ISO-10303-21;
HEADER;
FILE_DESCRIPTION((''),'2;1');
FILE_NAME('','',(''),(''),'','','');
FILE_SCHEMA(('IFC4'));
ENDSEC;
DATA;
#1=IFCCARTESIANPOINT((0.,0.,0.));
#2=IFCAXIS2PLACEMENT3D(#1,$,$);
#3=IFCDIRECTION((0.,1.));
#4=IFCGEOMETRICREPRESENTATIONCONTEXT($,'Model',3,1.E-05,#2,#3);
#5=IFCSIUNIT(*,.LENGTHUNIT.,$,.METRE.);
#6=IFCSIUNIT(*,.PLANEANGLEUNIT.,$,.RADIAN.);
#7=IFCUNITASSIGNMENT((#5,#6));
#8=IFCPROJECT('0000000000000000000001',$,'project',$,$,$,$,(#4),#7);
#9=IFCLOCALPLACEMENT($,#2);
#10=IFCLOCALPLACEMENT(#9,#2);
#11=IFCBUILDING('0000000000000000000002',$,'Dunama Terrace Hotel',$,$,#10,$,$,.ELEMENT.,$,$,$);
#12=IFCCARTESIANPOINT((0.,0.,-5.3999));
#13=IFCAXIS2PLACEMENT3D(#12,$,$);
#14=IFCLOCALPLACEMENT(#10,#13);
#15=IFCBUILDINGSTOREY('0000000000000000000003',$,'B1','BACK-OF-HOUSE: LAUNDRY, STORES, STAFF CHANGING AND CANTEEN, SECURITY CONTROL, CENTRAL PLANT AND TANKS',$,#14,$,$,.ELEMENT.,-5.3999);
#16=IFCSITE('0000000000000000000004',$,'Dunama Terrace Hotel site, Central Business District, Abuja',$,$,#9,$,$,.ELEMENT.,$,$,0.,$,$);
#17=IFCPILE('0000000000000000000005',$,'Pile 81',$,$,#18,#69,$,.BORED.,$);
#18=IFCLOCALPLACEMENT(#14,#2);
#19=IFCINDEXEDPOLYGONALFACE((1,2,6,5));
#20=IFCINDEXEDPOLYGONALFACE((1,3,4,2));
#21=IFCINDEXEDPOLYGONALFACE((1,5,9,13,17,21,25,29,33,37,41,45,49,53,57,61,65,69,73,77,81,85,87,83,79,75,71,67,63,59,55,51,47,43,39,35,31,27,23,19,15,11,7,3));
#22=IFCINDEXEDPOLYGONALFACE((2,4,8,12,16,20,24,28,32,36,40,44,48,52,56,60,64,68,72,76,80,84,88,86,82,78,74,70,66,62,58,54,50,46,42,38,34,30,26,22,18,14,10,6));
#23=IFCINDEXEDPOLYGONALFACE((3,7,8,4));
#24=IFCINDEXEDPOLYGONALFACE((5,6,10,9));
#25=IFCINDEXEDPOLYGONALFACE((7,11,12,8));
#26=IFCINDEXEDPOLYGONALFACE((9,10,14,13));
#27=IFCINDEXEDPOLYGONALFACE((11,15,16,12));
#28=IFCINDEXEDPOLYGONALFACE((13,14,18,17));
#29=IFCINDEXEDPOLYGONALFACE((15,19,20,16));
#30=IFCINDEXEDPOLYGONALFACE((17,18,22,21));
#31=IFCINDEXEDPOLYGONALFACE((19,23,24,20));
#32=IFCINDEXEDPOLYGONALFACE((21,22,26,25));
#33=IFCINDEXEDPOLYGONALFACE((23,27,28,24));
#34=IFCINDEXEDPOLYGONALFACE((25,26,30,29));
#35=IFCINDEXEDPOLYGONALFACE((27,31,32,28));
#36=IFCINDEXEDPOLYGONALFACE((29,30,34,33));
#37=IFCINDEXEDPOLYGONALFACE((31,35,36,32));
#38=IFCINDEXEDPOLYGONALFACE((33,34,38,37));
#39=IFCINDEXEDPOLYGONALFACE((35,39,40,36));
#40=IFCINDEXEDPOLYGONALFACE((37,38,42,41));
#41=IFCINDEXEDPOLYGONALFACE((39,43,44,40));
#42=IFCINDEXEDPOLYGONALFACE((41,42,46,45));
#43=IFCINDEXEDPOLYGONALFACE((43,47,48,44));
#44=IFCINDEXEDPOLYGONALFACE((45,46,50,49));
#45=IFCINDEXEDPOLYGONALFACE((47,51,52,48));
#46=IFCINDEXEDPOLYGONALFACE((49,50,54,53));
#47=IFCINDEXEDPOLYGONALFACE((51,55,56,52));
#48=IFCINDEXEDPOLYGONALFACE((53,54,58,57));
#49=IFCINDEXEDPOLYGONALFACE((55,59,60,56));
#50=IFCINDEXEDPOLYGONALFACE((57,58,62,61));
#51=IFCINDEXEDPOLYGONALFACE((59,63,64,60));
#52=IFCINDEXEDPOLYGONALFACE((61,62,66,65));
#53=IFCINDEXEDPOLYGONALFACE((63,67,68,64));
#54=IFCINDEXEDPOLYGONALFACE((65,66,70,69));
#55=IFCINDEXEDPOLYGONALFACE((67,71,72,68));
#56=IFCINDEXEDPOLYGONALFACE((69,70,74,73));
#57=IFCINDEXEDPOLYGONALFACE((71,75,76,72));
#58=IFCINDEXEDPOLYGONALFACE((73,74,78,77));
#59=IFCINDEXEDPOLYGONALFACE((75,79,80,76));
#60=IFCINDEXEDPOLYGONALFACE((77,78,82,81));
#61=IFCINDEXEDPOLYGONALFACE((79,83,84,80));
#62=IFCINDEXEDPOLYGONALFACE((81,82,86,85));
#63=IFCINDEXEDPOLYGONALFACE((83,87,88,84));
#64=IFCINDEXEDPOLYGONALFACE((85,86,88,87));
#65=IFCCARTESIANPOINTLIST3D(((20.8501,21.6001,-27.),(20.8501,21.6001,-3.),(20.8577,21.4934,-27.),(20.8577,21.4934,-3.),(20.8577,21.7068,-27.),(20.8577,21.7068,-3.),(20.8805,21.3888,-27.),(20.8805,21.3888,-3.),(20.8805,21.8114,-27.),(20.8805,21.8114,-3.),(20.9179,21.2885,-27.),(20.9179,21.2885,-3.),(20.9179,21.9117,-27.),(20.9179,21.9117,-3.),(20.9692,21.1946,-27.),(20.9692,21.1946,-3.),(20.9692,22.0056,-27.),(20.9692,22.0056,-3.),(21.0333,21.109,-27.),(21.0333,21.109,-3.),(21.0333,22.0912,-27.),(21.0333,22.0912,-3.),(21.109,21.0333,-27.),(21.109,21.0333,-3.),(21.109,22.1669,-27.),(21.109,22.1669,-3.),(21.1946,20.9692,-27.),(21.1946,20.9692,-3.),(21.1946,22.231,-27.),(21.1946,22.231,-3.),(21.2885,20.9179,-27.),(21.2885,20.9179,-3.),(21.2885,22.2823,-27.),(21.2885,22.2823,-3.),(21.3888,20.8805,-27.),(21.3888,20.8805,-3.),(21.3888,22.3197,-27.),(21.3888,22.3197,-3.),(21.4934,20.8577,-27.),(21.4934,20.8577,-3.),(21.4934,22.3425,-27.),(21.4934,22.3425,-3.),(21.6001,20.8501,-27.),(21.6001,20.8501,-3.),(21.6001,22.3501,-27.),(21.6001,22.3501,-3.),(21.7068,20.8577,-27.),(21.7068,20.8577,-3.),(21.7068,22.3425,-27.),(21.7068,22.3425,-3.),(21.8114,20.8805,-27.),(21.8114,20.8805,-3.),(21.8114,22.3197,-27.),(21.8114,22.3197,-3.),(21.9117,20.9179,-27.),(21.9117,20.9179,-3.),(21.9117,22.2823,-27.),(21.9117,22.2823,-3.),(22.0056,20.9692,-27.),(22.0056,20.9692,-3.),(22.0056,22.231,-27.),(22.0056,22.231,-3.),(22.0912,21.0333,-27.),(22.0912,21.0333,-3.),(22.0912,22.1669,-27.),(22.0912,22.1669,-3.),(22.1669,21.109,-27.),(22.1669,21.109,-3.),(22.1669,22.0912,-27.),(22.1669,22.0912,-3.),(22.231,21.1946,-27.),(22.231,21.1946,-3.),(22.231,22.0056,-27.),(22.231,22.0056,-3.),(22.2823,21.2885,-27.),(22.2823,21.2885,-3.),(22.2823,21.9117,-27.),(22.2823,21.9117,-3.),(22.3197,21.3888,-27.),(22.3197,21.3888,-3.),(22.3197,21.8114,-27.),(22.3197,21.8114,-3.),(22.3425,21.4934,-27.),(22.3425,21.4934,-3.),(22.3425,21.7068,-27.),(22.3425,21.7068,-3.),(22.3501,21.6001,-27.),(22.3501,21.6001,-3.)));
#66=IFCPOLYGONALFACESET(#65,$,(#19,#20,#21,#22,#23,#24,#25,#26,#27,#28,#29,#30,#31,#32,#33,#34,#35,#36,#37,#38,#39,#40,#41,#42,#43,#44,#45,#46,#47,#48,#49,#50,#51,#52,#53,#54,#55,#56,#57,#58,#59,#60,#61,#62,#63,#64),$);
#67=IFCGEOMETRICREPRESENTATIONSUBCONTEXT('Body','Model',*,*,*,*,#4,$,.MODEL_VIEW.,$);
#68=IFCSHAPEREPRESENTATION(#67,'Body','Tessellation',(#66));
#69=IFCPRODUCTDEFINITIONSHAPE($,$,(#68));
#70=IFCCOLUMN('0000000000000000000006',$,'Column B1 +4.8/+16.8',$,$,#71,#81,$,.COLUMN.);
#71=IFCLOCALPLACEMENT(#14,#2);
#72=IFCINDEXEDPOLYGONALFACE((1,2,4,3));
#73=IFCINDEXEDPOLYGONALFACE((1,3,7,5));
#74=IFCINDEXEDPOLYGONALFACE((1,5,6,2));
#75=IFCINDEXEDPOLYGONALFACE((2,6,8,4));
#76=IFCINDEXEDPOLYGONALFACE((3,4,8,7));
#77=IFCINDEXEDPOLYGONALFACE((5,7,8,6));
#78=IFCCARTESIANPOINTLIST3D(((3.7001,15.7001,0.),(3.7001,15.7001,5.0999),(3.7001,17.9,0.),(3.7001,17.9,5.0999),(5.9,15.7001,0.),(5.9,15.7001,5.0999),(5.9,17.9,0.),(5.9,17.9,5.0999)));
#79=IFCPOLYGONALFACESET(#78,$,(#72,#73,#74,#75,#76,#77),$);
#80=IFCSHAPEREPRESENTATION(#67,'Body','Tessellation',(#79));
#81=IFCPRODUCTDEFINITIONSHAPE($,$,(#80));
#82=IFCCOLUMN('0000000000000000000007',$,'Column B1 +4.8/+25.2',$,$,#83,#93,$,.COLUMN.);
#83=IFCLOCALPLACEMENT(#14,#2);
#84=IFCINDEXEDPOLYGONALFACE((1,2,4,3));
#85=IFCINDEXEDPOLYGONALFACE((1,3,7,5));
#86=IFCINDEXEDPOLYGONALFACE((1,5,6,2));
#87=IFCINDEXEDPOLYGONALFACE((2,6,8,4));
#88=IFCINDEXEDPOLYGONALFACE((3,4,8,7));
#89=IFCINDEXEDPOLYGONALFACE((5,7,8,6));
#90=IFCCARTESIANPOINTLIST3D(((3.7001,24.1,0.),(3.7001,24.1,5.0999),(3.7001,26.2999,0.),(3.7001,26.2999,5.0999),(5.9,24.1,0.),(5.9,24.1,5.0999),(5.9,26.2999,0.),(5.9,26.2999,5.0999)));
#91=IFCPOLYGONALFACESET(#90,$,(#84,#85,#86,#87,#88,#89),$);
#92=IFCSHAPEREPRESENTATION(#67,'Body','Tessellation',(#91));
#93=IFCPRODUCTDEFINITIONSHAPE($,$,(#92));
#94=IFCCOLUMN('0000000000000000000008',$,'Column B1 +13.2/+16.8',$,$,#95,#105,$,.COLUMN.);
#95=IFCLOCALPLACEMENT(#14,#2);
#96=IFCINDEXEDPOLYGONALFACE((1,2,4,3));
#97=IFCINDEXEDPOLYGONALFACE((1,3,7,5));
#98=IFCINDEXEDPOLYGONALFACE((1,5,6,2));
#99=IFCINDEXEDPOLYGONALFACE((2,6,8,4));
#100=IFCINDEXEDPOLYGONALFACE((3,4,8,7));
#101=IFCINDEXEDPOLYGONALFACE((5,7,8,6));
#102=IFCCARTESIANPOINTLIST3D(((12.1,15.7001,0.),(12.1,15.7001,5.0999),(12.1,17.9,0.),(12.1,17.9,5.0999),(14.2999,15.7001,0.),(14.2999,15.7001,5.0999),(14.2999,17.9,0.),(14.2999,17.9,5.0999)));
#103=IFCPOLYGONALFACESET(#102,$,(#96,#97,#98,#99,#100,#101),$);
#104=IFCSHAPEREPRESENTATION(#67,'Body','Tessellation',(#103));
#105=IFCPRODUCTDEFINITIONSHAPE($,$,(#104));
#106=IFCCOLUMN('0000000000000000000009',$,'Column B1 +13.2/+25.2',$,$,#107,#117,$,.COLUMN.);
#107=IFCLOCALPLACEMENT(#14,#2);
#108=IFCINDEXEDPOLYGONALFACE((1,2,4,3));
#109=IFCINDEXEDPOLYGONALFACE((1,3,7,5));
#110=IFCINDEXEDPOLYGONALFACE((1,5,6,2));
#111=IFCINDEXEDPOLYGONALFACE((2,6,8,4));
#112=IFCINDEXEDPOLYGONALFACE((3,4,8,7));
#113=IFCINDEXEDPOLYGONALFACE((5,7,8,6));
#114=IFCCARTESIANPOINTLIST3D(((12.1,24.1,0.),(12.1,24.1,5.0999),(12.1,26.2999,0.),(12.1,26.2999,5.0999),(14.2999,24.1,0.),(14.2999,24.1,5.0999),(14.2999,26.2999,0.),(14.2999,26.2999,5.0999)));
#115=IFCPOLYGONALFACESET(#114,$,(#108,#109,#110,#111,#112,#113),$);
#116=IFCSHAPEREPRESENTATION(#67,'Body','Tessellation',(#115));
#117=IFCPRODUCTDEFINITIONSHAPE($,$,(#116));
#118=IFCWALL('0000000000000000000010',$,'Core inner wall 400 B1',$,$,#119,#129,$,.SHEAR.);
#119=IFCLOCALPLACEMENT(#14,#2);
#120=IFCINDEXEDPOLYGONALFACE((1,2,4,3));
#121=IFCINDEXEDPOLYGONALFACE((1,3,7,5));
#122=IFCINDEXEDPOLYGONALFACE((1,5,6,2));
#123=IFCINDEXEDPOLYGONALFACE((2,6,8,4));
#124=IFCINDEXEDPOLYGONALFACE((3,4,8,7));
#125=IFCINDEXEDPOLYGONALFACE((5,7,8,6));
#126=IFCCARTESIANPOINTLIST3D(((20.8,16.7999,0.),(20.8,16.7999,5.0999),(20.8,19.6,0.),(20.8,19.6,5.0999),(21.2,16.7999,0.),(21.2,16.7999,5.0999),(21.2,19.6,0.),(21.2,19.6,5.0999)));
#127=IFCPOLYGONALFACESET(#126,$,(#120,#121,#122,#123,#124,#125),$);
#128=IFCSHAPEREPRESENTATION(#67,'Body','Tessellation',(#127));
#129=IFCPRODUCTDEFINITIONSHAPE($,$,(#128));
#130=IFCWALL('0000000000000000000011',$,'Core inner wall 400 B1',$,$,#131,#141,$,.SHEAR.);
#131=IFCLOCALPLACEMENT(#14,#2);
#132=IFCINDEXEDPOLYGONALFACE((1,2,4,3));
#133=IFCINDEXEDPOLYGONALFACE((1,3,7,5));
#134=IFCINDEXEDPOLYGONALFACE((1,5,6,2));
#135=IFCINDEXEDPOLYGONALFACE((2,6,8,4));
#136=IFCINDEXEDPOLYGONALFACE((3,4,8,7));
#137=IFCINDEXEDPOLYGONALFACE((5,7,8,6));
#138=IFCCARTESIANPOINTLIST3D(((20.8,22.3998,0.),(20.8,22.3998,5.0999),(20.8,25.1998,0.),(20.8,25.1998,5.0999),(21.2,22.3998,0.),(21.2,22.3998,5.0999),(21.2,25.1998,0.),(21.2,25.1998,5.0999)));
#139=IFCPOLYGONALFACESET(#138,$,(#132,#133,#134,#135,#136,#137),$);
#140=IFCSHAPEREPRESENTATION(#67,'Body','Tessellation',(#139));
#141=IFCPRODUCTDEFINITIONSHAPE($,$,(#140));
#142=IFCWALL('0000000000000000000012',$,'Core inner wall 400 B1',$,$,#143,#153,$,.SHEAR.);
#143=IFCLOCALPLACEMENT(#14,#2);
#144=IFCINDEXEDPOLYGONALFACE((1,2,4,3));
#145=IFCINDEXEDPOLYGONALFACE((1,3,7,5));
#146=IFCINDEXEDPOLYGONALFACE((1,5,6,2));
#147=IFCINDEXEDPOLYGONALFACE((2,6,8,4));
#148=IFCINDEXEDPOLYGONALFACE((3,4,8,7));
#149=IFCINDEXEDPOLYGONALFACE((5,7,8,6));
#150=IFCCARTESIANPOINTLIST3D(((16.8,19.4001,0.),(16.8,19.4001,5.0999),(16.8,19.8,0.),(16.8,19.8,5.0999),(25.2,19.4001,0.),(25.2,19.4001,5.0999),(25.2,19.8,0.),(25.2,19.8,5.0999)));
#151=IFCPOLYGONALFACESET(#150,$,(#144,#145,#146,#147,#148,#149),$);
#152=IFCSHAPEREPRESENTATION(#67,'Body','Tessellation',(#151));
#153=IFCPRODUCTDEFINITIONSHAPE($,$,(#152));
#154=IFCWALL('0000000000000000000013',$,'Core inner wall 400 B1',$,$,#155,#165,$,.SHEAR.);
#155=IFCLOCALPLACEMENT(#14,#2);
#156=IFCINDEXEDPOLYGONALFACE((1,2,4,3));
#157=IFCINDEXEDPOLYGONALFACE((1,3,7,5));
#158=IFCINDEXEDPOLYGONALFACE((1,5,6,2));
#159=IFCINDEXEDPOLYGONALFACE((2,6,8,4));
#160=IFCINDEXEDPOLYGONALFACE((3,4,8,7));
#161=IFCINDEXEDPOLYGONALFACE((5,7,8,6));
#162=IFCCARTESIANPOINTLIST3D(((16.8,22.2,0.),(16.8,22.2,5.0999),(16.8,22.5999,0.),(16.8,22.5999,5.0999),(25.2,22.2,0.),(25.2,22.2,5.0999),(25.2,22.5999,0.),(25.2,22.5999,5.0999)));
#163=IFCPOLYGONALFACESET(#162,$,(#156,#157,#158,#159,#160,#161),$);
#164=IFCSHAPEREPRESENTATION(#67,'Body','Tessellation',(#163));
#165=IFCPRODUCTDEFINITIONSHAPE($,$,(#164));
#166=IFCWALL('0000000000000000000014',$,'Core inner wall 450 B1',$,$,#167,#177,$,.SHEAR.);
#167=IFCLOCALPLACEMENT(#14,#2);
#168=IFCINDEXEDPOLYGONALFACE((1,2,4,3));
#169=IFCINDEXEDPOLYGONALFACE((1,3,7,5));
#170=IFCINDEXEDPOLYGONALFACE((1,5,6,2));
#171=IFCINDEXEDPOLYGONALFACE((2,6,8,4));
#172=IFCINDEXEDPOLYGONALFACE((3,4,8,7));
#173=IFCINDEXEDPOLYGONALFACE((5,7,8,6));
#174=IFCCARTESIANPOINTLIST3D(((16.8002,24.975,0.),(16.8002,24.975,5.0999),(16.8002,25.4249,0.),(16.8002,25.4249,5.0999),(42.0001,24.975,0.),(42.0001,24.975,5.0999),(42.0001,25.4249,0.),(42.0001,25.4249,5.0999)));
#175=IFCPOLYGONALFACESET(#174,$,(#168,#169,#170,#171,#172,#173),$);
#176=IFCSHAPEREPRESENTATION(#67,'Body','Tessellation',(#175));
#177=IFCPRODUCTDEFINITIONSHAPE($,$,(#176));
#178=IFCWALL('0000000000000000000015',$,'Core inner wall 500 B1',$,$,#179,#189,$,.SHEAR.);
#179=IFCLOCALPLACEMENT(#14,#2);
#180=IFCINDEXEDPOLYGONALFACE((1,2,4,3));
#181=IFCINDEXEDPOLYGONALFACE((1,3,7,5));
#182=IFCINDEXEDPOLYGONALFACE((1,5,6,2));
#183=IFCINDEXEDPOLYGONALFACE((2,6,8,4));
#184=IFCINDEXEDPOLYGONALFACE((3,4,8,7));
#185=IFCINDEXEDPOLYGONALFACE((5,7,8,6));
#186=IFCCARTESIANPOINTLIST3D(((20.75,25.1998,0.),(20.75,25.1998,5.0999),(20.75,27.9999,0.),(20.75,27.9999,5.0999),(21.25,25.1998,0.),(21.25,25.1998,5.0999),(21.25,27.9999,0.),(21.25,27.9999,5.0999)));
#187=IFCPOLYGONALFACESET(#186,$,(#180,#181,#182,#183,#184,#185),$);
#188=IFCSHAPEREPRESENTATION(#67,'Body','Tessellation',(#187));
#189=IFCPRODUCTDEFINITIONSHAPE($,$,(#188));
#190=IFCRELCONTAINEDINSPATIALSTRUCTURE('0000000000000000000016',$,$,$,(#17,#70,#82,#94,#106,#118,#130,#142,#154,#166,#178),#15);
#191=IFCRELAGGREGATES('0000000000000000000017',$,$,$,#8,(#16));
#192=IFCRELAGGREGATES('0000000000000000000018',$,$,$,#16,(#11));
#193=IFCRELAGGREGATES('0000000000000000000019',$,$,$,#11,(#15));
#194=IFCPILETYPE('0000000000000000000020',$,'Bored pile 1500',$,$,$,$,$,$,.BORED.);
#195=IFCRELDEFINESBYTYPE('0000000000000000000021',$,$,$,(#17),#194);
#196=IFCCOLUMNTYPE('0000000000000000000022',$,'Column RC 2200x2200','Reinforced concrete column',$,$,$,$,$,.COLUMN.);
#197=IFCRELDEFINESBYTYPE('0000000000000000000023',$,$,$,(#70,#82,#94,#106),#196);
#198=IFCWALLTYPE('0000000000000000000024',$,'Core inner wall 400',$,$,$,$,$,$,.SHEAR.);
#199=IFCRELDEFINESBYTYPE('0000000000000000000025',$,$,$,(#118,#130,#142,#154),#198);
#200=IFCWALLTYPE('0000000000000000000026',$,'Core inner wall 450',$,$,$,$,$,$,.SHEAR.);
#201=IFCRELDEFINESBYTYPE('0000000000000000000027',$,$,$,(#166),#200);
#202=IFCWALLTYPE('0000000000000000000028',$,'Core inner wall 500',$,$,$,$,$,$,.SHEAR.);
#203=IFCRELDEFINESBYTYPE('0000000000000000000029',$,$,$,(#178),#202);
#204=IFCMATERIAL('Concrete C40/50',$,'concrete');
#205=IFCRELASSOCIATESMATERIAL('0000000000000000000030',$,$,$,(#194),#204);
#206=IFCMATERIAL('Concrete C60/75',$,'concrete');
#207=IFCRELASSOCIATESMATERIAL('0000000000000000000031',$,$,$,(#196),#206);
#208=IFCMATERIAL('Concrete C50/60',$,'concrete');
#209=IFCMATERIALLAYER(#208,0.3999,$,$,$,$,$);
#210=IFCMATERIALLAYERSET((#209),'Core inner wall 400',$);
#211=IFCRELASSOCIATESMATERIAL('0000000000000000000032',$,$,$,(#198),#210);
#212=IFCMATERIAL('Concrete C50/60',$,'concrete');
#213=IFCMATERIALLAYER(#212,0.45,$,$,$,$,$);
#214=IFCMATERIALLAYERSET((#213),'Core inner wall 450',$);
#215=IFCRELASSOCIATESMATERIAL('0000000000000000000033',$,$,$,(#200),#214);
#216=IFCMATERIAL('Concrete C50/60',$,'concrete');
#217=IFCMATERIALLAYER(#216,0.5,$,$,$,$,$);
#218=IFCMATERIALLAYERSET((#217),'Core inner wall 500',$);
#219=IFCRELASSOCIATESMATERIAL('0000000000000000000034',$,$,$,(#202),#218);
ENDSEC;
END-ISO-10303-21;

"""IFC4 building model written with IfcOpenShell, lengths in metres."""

from ifc_helpers import new_model, si_unit, direction, frame, frame_2d, origin, origin_2d, place, context, subcontext, project, spatial, rectangle, circle, extrude, material, layer, layer_set, material_profile, profile_set, type_object, element, save


model = new_model("IFC4")

# Units and contexts
model_context = context("Model", 3, precision=1e-05, world=origin(), true_north=direction((0.0, 1.0)))
body_context = subcontext(model_context, "Body", "Model", "MODEL_VIEW")
ifc_project = project(units=[si_unit("LENGTHUNIT", "METRE"), si_unit("PLANEANGLEUNIT", "RADIAN")], contexts=[model_context])

# Site, building, storey
site_placement = place(None, origin())
site = spatial("IfcSite", under=ifc_project, at=site_placement, Name="Dunama Terrace Hotel site, Central Business District, Abuja", CompositionType="ELEMENT", RefElevation=0.0)
building_placement = place(site_placement, origin())
building = spatial("IfcBuilding", under=site, at=building_placement, Name="Dunama Terrace Hotel", CompositionType="ELEMENT")
storey_placement = place(building_placement, frame((0.0, 0.0, -5.3999)))
storey = spatial("IfcBuildingStorey", under=building, at=storey_placement, Name="B1", Description="BACK-OF-HOUSE: LAUNDRY, STORES, STAFF CHANGING AND CANTEEN, SECURITY CONTROL, CENTRAL PLANT AND TANKS", CompositionType="ELEMENT", Elevation=-5.3999)

# Pile
ifc_material_1 = material(Name="Concrete C40/50", Category="concrete")
ifc_material_profile_1 = material_profile(ifc_material_1, circle(Radius=0.75, at=origin_2d()), Name="PILE D1500")
ifc_profile_set_1 = profile_set([ifc_material_profile_1], Name="Concrete C40/50")
pile_type = type_object("IfcPileType", Name="Bored pile 1500", PredefinedType="BORED", material=ifc_profile_set_1)
for number, where, z_axis, x_axis, name in (
    (1, (21.6001, 21.6001, -3.0), (0.0, 0.0, -1.0), (1.0, 0.0, 0.0), "Pile 81"),
):
    element("IfcPile", number, at=place(storey_placement, frame(where, z_axis=z_axis, x_axis=x_axis)), inside=storey, type_object=pile_type, Name=name, PredefinedType="BORED", context=body_context, shape_type="SweptSolid", body=[
        extrude(circle(Radius=0.75, at=origin_2d()), origin(), (0.0, 0.0, 1.0), 24.0),
    ])

# Columns
ifc_material_2 = material(Name="Concrete C60/75", Category="concrete")
ifc_material_profile_2 = material_profile(ifc_material_2, rectangle(XDim=2.2, YDim=2.2, at=origin_2d()), Name="RC 2200x2200")
ifc_profile_set_2 = profile_set([ifc_material_profile_2], Name="Concrete C60/75")
column_type = type_object("IfcColumnType", Name="Column RC 2200x2200", Description="Reinforced concrete column", PredefinedType="COLUMN", material=ifc_profile_set_2)
for number, where, z_axis, x_axis, name in (
    (2, (4.8, 16.8, 0.0), (0.0, 0.0, 1.0), (1.0, 0.0, 0.0), "Column B1 +4.8/+16.8"),
    (3, (4.8, 25.2, 0.0), (0.0, 0.0, 1.0), (1.0, 0.0, 0.0), "Column B1 +4.8/+25.2"),
    (4, (13.2, 16.8, 0.0), (0.0, 0.0, 1.0), (1.0, 0.0, 0.0), "Column B1 +13.2/+16.8"),
    (5, (13.2, 25.2, 0.0), (0.0, 0.0, 1.0), (1.0, 0.0, 0.0), "Column B1 +13.2/+25.2"),
):
    element("IfcColumn", number, at=place(storey_placement, frame(where, z_axis=z_axis, x_axis=x_axis)), inside=storey, type_object=column_type, Name=name, PredefinedType="COLUMN", context=body_context, shape_type="SweptSolid", body=[
        extrude(rectangle(XDim=2.2, YDim=2.2, at=origin_2d()), origin(), (0.0, 0.0, 1.0), 5.0999),
    ])

# Walls
ifc_material_3 = material(Name="Concrete C50/60", Category="concrete")
ifc_layer_1 = layer(ifc_material_3, 0.3999)
ifc_layer_set_1 = layer_set([ifc_layer_1], Name="Core inner wall 400")
wall_type_1 = type_object("IfcWallType", Name="Core inner wall 400", PredefinedType="SHEAR", material=ifc_layer_set_1)
for number, where, z_axis, x_axis, name in (
    (6, (21.0, 16.8, 0.0), (0.0, 0.0, 1.0), (0.0, 1.0, 0.0), "Core inner wall 400 B1"),
    (7, (21.0, 22.3999, 0.0), (0.0, 0.0, 1.0), (0.0, 1.0, 0.0), "Core inner wall 400 B1"),
):
    element("IfcWall", number, at=place(storey_placement, frame(where, z_axis=z_axis, x_axis=x_axis)), inside=storey, type_object=wall_type_1, Name=name, PredefinedType="SHEAR", context=body_context, shape_type="SweptSolid", body=[
        extrude(rectangle(XDim=2.8, YDim=0.3999, at=frame_2d((1.3999, 0.0))), origin(), (0.0, 0.0, 1.0), 5.0999),
    ])
for number, where, z_axis, x_axis, name in (
    (8, (16.8, 19.6001, 0.0), (0.0, 0.0, 1.0), (1.0, 0.0, 0.0), "Core inner wall 400 B1"),
    (9, (16.8, 22.3999, 0.0), (0.0, 0.0, 1.0), (1.0, 0.0, 0.0), "Core inner wall 400 B1"),
):
    element("IfcWall", number, at=place(storey_placement, frame(where, z_axis=z_axis, x_axis=x_axis)), inside=storey, type_object=wall_type_1, Name=name, PredefinedType="SHEAR", context=body_context, shape_type="SweptSolid", body=[
        extrude(rectangle(XDim=8.3999, YDim=0.3999, at=frame_2d((4.2, 0.0))), origin(), (0.0, 0.0, 1.0), 5.0999),
    ])
ifc_material_4 = material(Name="Concrete C50/60", Category="concrete")
ifc_layer_2 = layer(ifc_material_4, 0.45)
ifc_layer_set_2 = layer_set([ifc_layer_2], Name="Core inner wall 450")
wall_type_2 = type_object("IfcWallType", Name="Core inner wall 450", PredefinedType="SHEAR", material=ifc_layer_set_2)
wall_1_placement = place(storey_placement, frame((16.8, 25.2, 0.0), z_axis=(0.0, 0.0, 1.0), x_axis=(1.0, 0.0, 0.0)))
element("IfcWall", 10, at=wall_1_placement, inside=storey, type_object=wall_type_2, Name="Core inner wall 450 B1", PredefinedType="SHEAR", context=body_context, shape_type="SweptSolid", body=[
    extrude(rectangle(XDim=25.2, YDim=0.45, at=frame_2d((12.6001, 0.0))), origin(), (0.0, 0.0, 1.0), 5.0999),
])
ifc_material_5 = material(Name="Concrete C50/60", Category="concrete")
ifc_layer_3 = layer(ifc_material_5, 0.5)
ifc_layer_set_3 = layer_set([ifc_layer_3], Name="Core inner wall 500")
wall_type_3 = type_object("IfcWallType", Name="Core inner wall 500", PredefinedType="SHEAR", material=ifc_layer_set_3)
wall_2_placement = place(storey_placement, frame((21.0, 25.2, 0.0), z_axis=(0.0, 0.0, 1.0), x_axis=(0.0, 1.0, 0.0)))
element("IfcWall", 11, at=wall_2_placement, inside=storey, type_object=wall_type_3, Name="Core inner wall 500 B1", PredefinedType="SHEAR", context=body_context, shape_type="SweptSolid", body=[
    extrude(rectangle(XDim=2.8, YDim=0.5, at=frame_2d((1.3999, 0.0))), origin(), (0.0, 0.0, 1.0), 5.0999),
])

save(model, "model.ifc")
